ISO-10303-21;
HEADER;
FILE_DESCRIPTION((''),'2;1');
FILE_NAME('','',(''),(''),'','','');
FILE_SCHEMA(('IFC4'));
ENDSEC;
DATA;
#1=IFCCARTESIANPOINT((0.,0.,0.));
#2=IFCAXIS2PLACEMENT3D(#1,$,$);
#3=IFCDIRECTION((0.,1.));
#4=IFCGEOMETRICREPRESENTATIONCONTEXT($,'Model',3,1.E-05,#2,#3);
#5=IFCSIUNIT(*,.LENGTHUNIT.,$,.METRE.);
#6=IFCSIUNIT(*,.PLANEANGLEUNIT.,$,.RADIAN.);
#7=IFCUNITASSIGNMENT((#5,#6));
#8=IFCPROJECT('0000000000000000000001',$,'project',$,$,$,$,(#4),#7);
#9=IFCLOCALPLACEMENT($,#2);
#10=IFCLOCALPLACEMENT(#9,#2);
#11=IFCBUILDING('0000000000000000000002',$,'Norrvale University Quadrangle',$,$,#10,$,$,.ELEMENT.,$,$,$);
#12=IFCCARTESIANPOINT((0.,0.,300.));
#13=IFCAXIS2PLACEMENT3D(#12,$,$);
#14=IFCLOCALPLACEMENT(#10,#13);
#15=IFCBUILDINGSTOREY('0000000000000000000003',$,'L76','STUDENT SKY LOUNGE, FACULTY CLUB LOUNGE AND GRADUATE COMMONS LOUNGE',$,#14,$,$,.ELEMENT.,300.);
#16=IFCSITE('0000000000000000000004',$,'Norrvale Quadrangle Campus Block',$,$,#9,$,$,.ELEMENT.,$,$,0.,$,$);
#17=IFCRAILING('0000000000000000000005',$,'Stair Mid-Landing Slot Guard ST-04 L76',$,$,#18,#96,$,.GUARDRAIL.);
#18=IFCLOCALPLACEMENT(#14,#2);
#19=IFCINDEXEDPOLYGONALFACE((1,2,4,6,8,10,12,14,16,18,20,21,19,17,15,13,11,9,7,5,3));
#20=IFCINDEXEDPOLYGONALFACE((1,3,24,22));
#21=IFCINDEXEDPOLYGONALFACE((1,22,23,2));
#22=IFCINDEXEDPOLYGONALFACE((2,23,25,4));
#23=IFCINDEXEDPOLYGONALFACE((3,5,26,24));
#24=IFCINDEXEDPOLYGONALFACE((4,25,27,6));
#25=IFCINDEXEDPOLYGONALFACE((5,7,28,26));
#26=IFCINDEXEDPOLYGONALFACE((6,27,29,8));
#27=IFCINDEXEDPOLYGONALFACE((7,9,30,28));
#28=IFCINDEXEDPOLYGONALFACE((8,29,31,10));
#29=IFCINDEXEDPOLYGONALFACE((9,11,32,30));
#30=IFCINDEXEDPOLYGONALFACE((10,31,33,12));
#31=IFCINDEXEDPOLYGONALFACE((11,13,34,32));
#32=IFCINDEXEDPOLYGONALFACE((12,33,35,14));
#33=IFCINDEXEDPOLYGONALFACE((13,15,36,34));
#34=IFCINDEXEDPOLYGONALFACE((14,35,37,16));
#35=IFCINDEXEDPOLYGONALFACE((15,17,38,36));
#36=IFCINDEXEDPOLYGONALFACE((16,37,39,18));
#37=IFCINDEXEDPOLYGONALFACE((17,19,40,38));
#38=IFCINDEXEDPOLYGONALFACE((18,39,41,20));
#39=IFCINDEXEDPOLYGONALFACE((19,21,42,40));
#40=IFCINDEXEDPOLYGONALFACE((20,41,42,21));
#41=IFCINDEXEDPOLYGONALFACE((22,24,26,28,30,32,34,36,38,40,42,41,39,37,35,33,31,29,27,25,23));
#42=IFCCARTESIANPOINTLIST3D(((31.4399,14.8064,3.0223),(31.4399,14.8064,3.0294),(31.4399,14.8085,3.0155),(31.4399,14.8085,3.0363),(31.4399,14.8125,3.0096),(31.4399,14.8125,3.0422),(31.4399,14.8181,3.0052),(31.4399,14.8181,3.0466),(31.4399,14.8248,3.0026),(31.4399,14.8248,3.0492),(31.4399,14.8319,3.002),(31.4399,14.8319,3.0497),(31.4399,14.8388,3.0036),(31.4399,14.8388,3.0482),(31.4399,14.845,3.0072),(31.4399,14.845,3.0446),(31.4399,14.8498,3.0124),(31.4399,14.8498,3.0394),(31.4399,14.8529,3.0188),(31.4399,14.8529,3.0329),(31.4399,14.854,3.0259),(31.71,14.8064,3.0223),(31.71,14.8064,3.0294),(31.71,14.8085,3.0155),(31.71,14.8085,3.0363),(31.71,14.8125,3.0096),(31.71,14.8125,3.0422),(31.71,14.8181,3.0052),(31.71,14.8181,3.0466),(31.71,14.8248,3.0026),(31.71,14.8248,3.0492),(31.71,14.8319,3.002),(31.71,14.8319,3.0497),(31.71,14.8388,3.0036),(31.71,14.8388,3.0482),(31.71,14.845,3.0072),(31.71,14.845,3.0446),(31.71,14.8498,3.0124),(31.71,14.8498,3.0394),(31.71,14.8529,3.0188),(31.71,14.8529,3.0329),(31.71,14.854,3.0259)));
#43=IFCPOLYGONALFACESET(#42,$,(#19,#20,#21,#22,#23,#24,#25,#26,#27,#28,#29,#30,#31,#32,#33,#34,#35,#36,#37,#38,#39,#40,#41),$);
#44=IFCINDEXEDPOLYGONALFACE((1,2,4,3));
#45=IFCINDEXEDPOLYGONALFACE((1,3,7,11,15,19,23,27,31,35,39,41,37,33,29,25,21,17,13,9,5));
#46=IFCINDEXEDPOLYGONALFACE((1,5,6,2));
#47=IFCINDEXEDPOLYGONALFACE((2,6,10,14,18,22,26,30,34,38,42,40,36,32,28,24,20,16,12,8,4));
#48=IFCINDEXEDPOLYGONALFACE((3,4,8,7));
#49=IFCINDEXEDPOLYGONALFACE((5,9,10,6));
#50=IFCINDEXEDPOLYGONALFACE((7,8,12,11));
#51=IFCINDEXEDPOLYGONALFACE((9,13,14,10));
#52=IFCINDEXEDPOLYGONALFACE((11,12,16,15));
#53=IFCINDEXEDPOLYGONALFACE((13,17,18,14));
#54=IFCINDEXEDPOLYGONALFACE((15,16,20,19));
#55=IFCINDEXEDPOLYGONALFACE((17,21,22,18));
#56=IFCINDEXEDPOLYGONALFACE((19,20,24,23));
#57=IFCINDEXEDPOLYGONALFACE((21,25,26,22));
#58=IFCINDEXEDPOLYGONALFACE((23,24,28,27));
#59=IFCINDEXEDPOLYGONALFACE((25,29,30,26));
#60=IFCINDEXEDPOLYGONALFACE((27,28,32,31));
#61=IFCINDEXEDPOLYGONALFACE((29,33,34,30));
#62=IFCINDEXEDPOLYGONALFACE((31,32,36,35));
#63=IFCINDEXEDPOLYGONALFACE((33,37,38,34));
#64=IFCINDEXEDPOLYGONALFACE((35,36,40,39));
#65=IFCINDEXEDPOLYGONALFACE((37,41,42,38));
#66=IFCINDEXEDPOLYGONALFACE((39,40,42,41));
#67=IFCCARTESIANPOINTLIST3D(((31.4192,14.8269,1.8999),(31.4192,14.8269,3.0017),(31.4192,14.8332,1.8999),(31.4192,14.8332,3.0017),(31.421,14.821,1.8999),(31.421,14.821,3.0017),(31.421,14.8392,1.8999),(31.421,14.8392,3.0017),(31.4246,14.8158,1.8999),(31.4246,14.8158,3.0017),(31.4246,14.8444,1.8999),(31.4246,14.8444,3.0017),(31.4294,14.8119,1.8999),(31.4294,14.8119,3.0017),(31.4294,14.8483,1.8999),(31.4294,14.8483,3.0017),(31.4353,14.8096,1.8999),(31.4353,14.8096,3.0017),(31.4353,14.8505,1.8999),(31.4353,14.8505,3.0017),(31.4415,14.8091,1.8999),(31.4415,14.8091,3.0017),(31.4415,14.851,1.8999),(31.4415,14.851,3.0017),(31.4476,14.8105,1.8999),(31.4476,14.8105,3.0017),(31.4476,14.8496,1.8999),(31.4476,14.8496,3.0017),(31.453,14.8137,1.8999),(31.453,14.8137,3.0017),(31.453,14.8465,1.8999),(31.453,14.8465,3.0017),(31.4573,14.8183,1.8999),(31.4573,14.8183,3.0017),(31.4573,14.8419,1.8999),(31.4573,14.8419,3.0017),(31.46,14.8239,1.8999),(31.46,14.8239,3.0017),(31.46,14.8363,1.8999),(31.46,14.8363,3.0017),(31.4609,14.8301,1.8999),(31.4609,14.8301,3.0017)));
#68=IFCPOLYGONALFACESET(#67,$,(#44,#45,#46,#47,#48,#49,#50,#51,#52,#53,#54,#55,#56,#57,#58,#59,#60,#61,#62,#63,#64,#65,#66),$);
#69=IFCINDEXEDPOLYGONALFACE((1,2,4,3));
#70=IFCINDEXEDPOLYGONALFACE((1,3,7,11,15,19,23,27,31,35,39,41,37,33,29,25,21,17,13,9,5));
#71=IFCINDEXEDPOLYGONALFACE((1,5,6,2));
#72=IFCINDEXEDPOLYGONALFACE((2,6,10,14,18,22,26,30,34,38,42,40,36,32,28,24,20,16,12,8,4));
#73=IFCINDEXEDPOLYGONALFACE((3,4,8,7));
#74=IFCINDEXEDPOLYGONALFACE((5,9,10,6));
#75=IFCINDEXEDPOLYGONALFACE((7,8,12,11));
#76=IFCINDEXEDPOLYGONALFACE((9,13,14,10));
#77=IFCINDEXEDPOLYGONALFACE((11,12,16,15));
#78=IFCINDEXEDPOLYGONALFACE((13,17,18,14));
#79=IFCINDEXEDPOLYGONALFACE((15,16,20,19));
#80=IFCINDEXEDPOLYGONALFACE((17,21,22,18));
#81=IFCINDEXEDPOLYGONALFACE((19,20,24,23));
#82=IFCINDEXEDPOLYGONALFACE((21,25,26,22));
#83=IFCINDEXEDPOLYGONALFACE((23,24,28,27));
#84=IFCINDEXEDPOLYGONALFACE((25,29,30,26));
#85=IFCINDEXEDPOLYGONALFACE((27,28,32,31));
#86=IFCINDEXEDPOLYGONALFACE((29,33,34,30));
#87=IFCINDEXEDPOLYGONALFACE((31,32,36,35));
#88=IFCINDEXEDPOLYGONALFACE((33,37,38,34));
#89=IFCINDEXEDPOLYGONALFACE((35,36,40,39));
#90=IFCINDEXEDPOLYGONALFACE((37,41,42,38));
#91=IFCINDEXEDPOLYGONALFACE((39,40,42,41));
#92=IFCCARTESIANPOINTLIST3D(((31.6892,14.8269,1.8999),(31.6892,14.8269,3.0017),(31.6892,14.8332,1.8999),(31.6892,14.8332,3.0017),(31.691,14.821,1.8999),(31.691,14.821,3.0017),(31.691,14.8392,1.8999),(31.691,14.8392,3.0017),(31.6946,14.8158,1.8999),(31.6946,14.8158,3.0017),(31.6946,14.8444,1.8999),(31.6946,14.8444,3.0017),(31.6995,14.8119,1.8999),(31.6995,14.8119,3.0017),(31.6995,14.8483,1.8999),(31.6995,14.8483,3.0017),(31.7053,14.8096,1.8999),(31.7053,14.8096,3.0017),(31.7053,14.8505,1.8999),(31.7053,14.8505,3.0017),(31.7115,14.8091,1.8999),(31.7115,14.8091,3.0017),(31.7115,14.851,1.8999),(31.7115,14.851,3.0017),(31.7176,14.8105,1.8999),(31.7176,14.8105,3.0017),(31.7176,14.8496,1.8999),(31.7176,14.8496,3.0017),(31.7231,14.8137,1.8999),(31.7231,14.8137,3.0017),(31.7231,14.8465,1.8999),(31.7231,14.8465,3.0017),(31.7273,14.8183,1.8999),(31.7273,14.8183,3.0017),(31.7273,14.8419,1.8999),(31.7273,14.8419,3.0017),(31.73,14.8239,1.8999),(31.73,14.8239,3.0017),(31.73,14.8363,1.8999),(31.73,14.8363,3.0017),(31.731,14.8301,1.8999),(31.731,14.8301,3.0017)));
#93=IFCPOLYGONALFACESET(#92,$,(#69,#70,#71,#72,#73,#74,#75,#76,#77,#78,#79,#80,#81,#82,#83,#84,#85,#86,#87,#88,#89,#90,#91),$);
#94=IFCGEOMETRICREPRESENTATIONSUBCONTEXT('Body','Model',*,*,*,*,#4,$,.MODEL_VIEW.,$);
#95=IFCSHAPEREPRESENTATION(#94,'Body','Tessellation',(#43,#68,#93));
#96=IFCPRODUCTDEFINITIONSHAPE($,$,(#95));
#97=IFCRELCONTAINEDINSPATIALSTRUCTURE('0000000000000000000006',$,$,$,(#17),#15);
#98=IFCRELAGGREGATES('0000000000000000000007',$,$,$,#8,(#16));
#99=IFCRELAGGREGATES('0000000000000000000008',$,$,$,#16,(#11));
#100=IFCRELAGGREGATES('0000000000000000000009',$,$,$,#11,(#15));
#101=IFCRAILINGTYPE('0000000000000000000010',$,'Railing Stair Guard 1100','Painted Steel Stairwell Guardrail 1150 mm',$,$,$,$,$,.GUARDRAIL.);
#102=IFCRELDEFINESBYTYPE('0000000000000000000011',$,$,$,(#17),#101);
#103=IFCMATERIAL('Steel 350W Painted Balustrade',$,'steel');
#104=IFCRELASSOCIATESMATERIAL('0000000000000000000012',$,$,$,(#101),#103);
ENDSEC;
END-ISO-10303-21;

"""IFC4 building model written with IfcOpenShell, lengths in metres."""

from ifc_helpers import new_model, si_unit, direction, frame, origin, origin_2d, place, context, subcontext, project, spatial, circle, extrude, material, type_object, element, save


model = new_model("IFC4")

# Units and contexts
model_context = context("Model", 3, precision=1e-05, world=origin(), true_north=direction((0.0, 1.0)))
body_context = subcontext(model_context, "Body", "Model", "MODEL_VIEW")
ifc_project = project(units=[si_unit("LENGTHUNIT", "METRE"), si_unit("PLANEANGLEUNIT", "RADIAN")], contexts=[model_context])

# Site, building, storey
site_placement = place(None, origin())
site = spatial("IfcSite", under=ifc_project, at=site_placement, Name="Norrvale Quadrangle Campus Block", CompositionType="ELEMENT", RefElevation=0.0)
building_placement = place(site_placement, origin())
building = spatial("IfcBuilding", under=site, at=building_placement, Name="Norrvale University Quadrangle", CompositionType="ELEMENT")
storey_placement = place(building_placement, frame((0.0, 0.0, 300.0)))
storey = spatial("IfcBuildingStorey", under=building, at=storey_placement, Name="L76", Description="STUDENT SKY LOUNGE, FACULTY CLUB LOUNGE AND GRADUATE COMMONS LOUNGE", CompositionType="ELEMENT", Elevation=300.0)

# Railing
ifc_material_1 = material(Name="Steel 350W Painted Balustrade", Category="steel")
railing_type_1 = type_object("IfcRailingType", Name="Railing Stair Guard 1100", Description="Painted Steel Stairwell Guardrail 1150 mm", PredefinedType="GUARDRAIL", material=ifc_material_1)
for number, where, name in (
    (1, (31.4399, 14.8301, 1.8999), "Stair Mid-Landing Slot Guard ST-04 L76"),
):
    element("IfcRailing", number, at=place(storey_placement, frame(where)), inside=storey, type_object=railing_type_1, Name=name, PredefinedType="GUARDRAIL", context=body_context, shape_type="SweptSolid", body=[
        extrude(circle(Radius=0.0239, at=origin_2d()), frame((0.0, 0.0, 1.126), z_axis=(1.0, 0.0, 0.0), x_axis=(0.0, 1.0, 0.0)), (0.0, 0.0, 1.0), 0.27),
        extrude(circle(Radius=0.021, at=origin_2d()), origin(), (0.0, 0.0, 1.0), 1.1018),
        extrude(circle(Radius=0.021, at=origin_2d()), frame((0.27, 0.0, 0.0)), (0.0, 0.0, 1.0), 1.1018),
    ])

save(model, "model.ifc")
